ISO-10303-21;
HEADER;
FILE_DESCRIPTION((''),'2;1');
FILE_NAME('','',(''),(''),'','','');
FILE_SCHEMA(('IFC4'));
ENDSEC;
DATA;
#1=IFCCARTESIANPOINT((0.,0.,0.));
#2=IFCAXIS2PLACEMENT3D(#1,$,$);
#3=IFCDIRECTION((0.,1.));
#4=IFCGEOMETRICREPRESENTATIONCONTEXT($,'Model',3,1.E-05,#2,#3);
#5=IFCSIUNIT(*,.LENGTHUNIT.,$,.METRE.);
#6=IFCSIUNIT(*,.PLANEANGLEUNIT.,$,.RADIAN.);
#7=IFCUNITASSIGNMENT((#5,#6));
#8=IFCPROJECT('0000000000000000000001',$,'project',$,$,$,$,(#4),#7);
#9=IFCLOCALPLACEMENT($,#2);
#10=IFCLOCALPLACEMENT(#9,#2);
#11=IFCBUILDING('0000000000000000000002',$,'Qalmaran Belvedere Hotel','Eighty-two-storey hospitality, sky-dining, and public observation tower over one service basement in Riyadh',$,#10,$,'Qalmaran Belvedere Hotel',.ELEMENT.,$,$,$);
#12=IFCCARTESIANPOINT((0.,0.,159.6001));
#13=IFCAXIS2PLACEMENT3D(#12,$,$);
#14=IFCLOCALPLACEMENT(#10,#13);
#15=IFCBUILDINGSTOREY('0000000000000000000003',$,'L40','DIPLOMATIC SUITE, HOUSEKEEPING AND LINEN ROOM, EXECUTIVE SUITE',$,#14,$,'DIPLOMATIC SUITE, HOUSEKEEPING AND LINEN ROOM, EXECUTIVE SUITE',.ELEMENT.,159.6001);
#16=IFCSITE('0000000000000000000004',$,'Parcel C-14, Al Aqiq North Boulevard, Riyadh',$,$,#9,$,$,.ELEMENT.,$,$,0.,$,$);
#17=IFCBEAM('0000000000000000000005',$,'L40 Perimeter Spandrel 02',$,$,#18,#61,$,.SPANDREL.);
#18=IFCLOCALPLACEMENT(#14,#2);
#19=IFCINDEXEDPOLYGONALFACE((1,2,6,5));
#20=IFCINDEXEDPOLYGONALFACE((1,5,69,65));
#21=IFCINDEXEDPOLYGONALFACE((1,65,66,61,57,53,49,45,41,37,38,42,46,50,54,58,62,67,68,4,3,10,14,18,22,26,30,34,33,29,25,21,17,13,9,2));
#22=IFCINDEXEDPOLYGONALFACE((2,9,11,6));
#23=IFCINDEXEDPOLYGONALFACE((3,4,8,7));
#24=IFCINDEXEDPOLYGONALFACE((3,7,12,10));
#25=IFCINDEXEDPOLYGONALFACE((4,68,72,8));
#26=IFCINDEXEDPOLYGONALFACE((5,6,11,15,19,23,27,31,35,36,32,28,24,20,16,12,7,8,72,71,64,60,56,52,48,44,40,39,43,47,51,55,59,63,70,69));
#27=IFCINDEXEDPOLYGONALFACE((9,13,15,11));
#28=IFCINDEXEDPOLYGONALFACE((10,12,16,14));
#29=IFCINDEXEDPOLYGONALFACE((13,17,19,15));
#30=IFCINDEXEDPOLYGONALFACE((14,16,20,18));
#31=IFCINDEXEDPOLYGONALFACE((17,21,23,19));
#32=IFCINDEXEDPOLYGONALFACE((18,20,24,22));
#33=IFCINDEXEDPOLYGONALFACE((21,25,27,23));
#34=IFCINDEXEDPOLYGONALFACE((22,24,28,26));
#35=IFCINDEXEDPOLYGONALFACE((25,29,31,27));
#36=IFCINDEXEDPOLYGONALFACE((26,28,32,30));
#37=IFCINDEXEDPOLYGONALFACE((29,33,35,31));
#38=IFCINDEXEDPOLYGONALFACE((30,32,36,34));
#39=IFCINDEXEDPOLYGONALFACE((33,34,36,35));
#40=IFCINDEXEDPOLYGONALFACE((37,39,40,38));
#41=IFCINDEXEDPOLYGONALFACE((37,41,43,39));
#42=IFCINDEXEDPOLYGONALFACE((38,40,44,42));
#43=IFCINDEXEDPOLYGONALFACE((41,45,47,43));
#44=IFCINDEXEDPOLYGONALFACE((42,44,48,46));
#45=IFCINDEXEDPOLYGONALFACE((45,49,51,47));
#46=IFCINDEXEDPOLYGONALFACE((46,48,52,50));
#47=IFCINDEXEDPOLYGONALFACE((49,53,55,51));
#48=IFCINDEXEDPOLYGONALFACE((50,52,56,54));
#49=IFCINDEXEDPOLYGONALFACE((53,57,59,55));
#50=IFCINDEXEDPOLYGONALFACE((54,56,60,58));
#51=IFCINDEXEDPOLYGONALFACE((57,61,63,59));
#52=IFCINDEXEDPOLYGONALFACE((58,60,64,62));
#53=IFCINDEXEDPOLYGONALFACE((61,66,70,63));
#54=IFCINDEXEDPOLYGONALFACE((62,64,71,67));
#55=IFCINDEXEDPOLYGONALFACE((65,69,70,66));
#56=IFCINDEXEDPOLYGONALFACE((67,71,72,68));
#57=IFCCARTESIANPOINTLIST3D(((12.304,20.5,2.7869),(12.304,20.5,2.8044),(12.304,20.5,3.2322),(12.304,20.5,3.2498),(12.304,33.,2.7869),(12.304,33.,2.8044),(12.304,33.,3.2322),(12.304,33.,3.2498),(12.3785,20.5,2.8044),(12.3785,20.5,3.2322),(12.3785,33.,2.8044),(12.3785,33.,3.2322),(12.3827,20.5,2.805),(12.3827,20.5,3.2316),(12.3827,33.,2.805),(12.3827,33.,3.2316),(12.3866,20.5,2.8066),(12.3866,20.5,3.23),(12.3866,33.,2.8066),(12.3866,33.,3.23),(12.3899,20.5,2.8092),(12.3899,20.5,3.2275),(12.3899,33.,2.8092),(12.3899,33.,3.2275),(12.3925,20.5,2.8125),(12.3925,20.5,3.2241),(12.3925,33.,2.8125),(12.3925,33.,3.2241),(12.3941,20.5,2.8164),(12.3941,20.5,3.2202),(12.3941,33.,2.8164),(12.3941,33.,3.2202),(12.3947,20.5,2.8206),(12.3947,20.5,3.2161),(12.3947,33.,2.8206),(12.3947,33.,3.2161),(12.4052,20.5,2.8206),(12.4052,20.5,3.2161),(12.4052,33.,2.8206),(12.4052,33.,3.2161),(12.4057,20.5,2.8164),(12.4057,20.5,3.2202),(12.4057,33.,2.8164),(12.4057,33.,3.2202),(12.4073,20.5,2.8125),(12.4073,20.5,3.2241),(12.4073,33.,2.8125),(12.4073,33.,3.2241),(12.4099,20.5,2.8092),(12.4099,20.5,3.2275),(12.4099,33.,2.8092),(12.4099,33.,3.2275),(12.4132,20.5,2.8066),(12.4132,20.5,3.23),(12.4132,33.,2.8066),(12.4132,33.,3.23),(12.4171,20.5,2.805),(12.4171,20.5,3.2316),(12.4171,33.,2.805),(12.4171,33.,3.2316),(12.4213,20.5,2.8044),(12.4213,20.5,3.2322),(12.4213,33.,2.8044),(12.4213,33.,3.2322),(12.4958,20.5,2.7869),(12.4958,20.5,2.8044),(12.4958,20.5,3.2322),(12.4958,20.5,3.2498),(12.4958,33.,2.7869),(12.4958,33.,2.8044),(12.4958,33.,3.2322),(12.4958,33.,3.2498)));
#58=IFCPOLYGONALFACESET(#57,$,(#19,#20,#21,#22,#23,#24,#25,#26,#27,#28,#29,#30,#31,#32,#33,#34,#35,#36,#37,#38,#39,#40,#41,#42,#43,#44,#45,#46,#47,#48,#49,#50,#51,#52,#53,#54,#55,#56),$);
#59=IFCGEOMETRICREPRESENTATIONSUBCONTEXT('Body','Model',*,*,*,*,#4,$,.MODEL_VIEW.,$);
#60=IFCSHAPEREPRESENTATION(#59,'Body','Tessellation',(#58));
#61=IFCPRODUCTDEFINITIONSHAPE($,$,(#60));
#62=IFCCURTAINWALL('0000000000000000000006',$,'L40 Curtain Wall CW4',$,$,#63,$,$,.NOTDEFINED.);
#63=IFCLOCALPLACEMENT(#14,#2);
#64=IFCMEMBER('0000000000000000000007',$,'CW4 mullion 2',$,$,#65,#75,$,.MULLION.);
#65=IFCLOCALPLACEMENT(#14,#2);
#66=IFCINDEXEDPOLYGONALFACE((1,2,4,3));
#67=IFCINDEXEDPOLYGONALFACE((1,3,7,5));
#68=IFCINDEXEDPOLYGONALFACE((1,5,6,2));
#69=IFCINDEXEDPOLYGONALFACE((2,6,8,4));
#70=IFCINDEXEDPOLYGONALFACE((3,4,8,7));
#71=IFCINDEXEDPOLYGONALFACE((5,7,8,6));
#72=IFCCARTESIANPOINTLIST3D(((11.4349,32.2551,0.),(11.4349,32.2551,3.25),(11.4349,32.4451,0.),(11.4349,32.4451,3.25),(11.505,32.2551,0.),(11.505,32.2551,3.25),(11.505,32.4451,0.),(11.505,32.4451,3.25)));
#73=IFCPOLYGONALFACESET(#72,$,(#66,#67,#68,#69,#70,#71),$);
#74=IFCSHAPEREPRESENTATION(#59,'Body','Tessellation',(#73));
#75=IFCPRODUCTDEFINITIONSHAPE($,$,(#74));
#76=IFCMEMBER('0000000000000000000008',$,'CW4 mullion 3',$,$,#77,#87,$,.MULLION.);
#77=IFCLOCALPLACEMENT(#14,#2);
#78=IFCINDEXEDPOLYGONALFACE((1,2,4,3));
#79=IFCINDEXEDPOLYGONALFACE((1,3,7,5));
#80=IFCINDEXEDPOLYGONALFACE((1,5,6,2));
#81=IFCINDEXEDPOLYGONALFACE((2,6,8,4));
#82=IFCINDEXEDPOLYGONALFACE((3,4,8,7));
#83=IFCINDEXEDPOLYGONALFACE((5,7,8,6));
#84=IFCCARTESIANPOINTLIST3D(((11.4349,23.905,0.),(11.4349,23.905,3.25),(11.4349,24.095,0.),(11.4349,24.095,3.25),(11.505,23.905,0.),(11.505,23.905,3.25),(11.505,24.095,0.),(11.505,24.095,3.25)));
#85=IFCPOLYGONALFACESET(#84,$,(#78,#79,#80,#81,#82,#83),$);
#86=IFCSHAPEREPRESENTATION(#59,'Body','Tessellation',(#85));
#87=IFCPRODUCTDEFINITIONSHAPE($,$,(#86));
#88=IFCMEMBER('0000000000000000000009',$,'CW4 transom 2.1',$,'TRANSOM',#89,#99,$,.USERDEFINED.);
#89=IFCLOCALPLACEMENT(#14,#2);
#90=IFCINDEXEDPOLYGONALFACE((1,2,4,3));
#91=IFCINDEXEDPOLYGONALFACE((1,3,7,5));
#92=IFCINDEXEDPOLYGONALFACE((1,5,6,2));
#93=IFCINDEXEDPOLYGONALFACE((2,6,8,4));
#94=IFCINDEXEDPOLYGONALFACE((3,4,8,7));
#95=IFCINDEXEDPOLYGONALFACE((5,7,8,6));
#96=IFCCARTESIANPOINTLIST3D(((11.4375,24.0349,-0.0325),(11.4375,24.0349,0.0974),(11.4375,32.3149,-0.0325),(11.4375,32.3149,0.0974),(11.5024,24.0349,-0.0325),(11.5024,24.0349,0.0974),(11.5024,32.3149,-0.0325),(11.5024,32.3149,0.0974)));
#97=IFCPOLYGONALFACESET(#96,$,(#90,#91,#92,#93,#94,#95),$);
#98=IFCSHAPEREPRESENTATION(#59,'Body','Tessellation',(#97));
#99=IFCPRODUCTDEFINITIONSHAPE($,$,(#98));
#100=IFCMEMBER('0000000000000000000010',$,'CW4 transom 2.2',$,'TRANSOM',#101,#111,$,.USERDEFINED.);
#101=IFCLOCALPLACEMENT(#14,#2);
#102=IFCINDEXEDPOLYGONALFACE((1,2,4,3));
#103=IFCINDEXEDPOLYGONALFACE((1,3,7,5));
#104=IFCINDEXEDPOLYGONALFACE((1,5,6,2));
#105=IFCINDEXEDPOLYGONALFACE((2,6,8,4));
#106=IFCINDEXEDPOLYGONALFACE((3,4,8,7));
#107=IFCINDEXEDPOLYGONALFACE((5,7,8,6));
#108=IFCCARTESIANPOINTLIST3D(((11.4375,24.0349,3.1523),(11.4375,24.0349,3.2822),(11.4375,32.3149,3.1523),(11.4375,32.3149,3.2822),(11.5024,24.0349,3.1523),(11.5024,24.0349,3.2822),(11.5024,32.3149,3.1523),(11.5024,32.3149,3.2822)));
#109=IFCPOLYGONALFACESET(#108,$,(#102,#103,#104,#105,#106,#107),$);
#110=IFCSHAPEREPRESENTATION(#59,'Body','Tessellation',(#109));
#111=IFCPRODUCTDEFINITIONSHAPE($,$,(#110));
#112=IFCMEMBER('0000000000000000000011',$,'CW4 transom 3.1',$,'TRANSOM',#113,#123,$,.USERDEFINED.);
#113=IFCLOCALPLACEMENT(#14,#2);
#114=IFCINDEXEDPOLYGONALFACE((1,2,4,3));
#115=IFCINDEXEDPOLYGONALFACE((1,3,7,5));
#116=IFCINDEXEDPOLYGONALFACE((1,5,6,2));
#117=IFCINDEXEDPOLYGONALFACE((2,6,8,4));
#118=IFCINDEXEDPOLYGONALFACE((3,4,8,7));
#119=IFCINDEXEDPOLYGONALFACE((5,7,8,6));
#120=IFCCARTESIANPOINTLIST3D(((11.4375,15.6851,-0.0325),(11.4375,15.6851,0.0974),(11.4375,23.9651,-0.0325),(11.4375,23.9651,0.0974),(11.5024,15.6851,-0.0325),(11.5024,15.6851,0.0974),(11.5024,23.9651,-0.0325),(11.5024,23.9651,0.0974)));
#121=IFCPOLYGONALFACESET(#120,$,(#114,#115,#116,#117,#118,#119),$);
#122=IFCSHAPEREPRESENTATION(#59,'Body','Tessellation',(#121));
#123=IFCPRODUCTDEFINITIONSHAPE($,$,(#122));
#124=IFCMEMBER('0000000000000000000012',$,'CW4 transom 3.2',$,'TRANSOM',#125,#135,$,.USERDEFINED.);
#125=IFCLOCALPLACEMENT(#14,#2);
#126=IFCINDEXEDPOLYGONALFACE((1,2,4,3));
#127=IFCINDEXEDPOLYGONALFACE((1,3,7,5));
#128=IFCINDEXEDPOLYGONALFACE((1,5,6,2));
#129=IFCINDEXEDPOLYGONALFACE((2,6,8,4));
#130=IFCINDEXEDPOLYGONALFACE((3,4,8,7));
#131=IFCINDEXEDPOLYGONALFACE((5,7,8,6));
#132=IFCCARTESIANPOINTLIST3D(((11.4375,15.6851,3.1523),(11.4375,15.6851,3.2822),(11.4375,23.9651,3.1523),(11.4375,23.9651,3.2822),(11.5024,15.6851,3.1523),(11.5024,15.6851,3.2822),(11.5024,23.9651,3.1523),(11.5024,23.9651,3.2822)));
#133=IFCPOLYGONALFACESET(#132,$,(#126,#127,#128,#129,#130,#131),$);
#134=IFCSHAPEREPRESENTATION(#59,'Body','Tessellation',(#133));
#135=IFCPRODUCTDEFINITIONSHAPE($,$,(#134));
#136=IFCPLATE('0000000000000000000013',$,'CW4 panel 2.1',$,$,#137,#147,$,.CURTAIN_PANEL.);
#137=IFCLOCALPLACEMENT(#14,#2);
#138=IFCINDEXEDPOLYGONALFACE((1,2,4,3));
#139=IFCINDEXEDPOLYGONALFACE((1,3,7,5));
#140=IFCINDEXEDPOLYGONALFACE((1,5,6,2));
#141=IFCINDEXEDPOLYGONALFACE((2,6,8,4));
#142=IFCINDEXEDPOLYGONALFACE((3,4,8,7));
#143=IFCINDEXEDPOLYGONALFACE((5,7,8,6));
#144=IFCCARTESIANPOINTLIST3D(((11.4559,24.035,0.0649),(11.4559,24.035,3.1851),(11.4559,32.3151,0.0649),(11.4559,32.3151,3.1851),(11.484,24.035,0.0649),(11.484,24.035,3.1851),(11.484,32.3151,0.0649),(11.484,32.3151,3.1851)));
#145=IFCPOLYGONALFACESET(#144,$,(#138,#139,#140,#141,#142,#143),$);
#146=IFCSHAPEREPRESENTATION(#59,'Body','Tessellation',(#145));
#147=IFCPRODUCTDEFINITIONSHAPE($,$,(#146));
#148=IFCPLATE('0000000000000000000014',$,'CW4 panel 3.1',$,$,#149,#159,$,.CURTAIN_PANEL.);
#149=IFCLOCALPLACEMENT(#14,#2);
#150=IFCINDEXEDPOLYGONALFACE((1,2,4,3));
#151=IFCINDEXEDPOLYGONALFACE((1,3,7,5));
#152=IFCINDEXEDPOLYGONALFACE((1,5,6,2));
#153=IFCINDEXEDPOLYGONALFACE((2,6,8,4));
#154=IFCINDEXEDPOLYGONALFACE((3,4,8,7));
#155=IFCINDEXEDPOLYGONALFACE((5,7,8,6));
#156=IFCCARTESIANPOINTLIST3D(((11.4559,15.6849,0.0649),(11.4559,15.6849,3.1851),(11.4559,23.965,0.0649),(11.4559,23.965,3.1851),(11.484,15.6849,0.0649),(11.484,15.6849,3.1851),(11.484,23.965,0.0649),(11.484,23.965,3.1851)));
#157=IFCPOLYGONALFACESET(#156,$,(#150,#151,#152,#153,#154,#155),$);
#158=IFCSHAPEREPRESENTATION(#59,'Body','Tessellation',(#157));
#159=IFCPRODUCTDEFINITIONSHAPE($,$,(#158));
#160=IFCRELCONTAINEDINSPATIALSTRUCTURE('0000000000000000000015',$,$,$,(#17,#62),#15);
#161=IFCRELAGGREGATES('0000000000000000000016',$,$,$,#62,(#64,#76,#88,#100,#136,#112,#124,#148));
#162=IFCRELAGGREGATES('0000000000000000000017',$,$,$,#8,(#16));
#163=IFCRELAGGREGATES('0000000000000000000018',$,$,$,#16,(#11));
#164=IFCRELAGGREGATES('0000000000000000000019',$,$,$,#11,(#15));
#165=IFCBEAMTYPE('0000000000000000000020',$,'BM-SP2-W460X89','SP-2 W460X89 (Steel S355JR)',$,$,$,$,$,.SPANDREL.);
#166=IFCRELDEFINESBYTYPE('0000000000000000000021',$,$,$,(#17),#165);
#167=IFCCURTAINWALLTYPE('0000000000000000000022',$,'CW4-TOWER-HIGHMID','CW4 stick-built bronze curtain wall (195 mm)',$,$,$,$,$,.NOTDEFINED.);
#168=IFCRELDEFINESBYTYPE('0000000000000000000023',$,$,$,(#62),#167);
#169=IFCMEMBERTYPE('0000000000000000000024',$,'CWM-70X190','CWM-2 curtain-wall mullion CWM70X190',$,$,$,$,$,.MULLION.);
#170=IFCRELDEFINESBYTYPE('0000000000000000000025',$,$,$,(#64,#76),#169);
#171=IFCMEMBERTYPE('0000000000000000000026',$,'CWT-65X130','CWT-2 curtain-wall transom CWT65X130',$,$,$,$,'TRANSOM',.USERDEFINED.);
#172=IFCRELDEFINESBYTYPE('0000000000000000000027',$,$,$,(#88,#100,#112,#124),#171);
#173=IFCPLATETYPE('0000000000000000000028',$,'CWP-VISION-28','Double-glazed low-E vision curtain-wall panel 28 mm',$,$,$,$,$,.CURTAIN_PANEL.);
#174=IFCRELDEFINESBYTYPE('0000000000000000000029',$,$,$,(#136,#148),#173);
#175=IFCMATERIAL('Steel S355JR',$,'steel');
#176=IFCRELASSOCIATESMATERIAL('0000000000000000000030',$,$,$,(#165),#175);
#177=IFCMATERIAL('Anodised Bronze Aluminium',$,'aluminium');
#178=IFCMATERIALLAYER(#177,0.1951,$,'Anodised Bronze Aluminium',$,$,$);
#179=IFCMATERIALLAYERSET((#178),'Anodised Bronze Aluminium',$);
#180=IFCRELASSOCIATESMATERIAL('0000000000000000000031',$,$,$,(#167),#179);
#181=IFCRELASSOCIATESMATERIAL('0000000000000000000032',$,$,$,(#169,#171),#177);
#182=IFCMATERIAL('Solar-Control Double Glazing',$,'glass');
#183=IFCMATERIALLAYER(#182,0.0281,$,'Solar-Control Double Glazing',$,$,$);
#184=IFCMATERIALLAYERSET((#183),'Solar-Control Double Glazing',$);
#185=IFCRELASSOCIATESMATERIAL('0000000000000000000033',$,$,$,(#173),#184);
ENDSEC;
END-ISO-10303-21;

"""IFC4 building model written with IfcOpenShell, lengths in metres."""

from ifc_helpers import new_model, si_unit, direction, frame, origin, origin_2d, place, context, subcontext, project, spatial, rectangle, i_section, extrude, material, layer, layer_set, material_profile, profile_set, type_object, element, aggregate, save


model = new_model("IFC4")

# Units and contexts
model_context = context("Model", 3, precision=1e-05, world=origin(), true_north=direction((0.0, 1.0)))
body_context = subcontext(model_context, "Body", "Model", "MODEL_VIEW")
ifc_project = project(units=[si_unit("LENGTHUNIT", "METRE"), si_unit("PLANEANGLEUNIT", "RADIAN")], contexts=[model_context])

# Site, building, storey
site_placement = place(None, origin())
site = spatial("IfcSite", under=ifc_project, at=site_placement, Name="Parcel C-14, Al Aqiq North Boulevard, Riyadh", CompositionType="ELEMENT", RefElevation=0.0)
building_placement = place(site_placement, origin())
building = spatial("IfcBuilding", under=site, at=building_placement, Name="Qalmaran Belvedere Hotel", Description="Eighty-two-storey hospitality, sky-dining, and public observation tower over one service basement in Riyadh", LongName="Qalmaran Belvedere Hotel", CompositionType="ELEMENT")
storey_placement = place(building_placement, frame((0.0, 0.0, 159.6001)))
storey = spatial("IfcBuildingStorey", under=building, at=storey_placement, Name="L40", Description="DIPLOMATIC SUITE, HOUSEKEEPING AND LINEN ROOM, EXECUTIVE SUITE", LongName="DIPLOMATIC SUITE, HOUSEKEEPING AND LINEN ROOM, EXECUTIVE SUITE", CompositionType="ELEMENT", Elevation=159.6001)

# Beam
ifc_material_1 = material(Name="Steel S355JR", Category="steel")
ifc_material_profile_1 = material_profile(ifc_material_1, i_section(OverallWidth=0.1919, OverallDepth=0.4629, WebThickness=0.0105, FlangeThickness=0.0176, FilletRadius=0.0161, at=origin_2d()), Name="W460X89")
ifc_profile_set_1 = profile_set([ifc_material_profile_1], Name="Steel S355JR")
beam_type_1 = type_object("IfcBeamType", Name="BM-SP2-W460X89", Description="SP-2 W460X89 (Steel S355JR)", PredefinedType="SPANDREL", material=ifc_profile_set_1)
beam_1_placement = place(storey_placement, frame((12.3999, 20.5, 3.0183), z_axis=(0.0, 1.0, 0.0), x_axis=(-1.0, 0.0, 0.0)))
element("IfcBeam", 1, at=beam_1_placement, inside=storey, type_object=beam_type_1, Name="L40 Perimeter Spandrel 02", PredefinedType="SPANDREL", context=body_context, shape_type="SweptSolid", body=[
    extrude(i_section(OverallWidth=0.1919, OverallDepth=0.4629, WebThickness=0.0105, FlangeThickness=0.0176, FilletRadius=0.0161, at=origin_2d()), origin(), (0.0, 0.0, 1.0), 12.5),
])

# Curtain wall, members, plates
ifc_material_2 = material(Name="Anodised Bronze Aluminium", Category="aluminium")
ifc_layer_1 = layer(ifc_material_2, 0.1951, Name="Anodised Bronze Aluminium")
ifc_layer_set_1 = layer_set([ifc_layer_1], Name="Anodised Bronze Aluminium")
curtain_wall_type = type_object("IfcCurtainWallType", Name="CW4-TOWER-HIGHMID", Description="CW4 stick-built bronze curtain wall (195 mm)", PredefinedType="NOTDEFINED", material=ifc_layer_set_1)
curtain_wall_placement = place(storey_placement, origin())
curtain_wall = element("IfcCurtainWall", 2, at=curtain_wall_placement, inside=storey, type_object=curtain_wall_type, Name="L40 Curtain Wall CW4", PredefinedType="NOTDEFINED")
ifc_material_profile_2 = material_profile(ifc_material_2, rectangle(XDim=0.0701, YDim=0.1899, at=origin_2d()), Name="CWM70X190")
ifc_profile_set_2 = profile_set([ifc_material_profile_2], Name="Anodised Bronze Aluminium")
member_type_1 = type_object("IfcMemberType", Name="CWM-70X190", Description="CWM-2 curtain-wall mullion CWM70X190", PredefinedType="MULLION", material=ifc_profile_set_2)
member_1_placement = place(storey_placement, frame((11.47, 32.3501, 0.0), z_axis=(0.0, 0.0, 1.0), x_axis=(1.0, 0.0, 0.0)))
member_1 = element("IfcMember", 3, at=member_1_placement, type_object=member_type_1, Name="CW4 mullion 2", PredefinedType="MULLION", context=body_context, shape_type="SweptSolid", body=[
    extrude(rectangle(XDim=0.0701, YDim=0.1899, at=origin_2d()), origin(), (0.0, 0.0, 1.0), 3.25),
])
member_2_placement = place(storey_placement, frame((11.47, 24.0, 0.0), z_axis=(0.0, 0.0, 1.0), x_axis=(1.0, 0.0, 0.0)))
member_2 = element("IfcMember", 4, at=member_2_placement, type_object=member_type_1, Name="CW4 mullion 3", PredefinedType="MULLION", context=body_context, shape_type="SweptSolid", body=[
    extrude(rectangle(XDim=0.0701, YDim=0.1899, at=origin_2d()), origin(), (0.0, 0.0, 1.0), 3.25),
])
ifc_material_profile_3 = material_profile(ifc_material_2, rectangle(XDim=0.0649, YDim=0.1299, at=origin_2d()), Name="CWT65X130")
ifc_profile_set_3 = profile_set([ifc_material_profile_3], Name="Anodised Bronze Aluminium")
member_type_2 = type_object("IfcMemberType", Name="CWT-65X130", Description="CWT-2 curtain-wall transom CWT65X130", ElementType="TRANSOM", PredefinedType="USERDEFINED", material=ifc_profile_set_3)
member_3_placement = place(storey_placement, frame((11.47, 32.3149, 0.0325), z_axis=(0.0, -1.0, 0.0), x_axis=(1.0, 0.0, 0.0)))
member_3 = element("IfcMember", 5, at=member_3_placement, type_object=member_type_2, Name="CW4 transom 2.1", ObjectType="TRANSOM", PredefinedType="USERDEFINED", context=body_context, shape_type="SweptSolid", body=[
    extrude(rectangle(XDim=0.0649, YDim=0.1299, at=origin_2d()), origin(), (0.0, 0.0, 1.0), 8.28),
])
member_4_placement = place(storey_placement, frame((11.47, 32.3149, 3.2173), z_axis=(0.0, -1.0, 0.0), x_axis=(1.0, 0.0, 0.0)))
member_4 = element("IfcMember", 6, at=member_4_placement, type_object=member_type_2, Name="CW4 transom 2.2", ObjectType="TRANSOM", PredefinedType="USERDEFINED", context=body_context, shape_type="SweptSolid", body=[
    extrude(rectangle(XDim=0.0649, YDim=0.1299, at=origin_2d()), origin(), (0.0, 0.0, 1.0), 8.28),
])
member_5_placement = place(storey_placement, frame((11.47, 23.9651, 0.0325), z_axis=(0.0, -1.0, 0.0), x_axis=(1.0, 0.0, 0.0)))
member_5 = element("IfcMember", 7, at=member_5_placement, type_object=member_type_2, Name="CW4 transom 3.1", ObjectType="TRANSOM", PredefinedType="USERDEFINED", context=body_context, shape_type="SweptSolid", body=[
    extrude(rectangle(XDim=0.0649, YDim=0.1299, at=origin_2d()), origin(), (0.0, 0.0, 1.0), 8.28),
])
member_6_placement = place(storey_placement, frame((11.47, 23.9651, 3.2173), z_axis=(0.0, -1.0, 0.0), x_axis=(1.0, 0.0, 0.0)))
member_6 = element("IfcMember", 8, at=member_6_placement, type_object=member_type_2, Name="CW4 transom 3.2", ObjectType="TRANSOM", PredefinedType="USERDEFINED", context=body_context, shape_type="SweptSolid", body=[
    extrude(rectangle(XDim=0.0649, YDim=0.1299, at=origin_2d()), origin(), (0.0, 0.0, 1.0), 8.28),
])
ifc_material_3 = material(Name="Solar-Control Double Glazing", Category="glass")
ifc_layer_2 = layer(ifc_material_3, 0.0281, Name="Solar-Control Double Glazing")
ifc_layer_set_2 = layer_set([ifc_layer_2], Name="Solar-Control Double Glazing")
plate_type = type_object("IfcPlateType", Name="CWP-VISION-28", Description="Double-glazed low-E vision curtain-wall panel 28 mm", PredefinedType="CURTAIN_PANEL", material=ifc_layer_set_2)
plate_1_placement = place(storey_placement, frame((11.47, 28.175, 0.0649), z_axis=(0.0, 0.0, 1.0), x_axis=(0.0, -1.0, 0.0)))
plate_1 = element("IfcPlate", 9, at=plate_1_placement, type_object=plate_type, Name="CW4 panel 2.1", PredefinedType="CURTAIN_PANEL", context=body_context, shape_type="SweptSolid", body=[
    extrude(rectangle(XDim=8.28, YDim=0.0281, at=origin_2d()), origin(), (0.0, 0.0, 1.0), 3.1201),
])
plate_2_placement = place(storey_placement, frame((11.47, 19.825, 0.0649), z_axis=(0.0, 0.0, 1.0), x_axis=(0.0, -1.0, 0.0)))
plate_2 = element("IfcPlate", 10, at=plate_2_placement, type_object=plate_type, Name="CW4 panel 3.1", PredefinedType="CURTAIN_PANEL", context=body_context, shape_type="SweptSolid", body=[
    extrude(rectangle(XDim=8.28, YDim=0.0281, at=origin_2d()), origin(), (0.0, 0.0, 1.0), 3.1201),
])
aggregate(curtain_wall, [member_1, member_2, member_3, member_4, plate_1, member_5, member_6, plate_2])

save(model, "model.ifc")
